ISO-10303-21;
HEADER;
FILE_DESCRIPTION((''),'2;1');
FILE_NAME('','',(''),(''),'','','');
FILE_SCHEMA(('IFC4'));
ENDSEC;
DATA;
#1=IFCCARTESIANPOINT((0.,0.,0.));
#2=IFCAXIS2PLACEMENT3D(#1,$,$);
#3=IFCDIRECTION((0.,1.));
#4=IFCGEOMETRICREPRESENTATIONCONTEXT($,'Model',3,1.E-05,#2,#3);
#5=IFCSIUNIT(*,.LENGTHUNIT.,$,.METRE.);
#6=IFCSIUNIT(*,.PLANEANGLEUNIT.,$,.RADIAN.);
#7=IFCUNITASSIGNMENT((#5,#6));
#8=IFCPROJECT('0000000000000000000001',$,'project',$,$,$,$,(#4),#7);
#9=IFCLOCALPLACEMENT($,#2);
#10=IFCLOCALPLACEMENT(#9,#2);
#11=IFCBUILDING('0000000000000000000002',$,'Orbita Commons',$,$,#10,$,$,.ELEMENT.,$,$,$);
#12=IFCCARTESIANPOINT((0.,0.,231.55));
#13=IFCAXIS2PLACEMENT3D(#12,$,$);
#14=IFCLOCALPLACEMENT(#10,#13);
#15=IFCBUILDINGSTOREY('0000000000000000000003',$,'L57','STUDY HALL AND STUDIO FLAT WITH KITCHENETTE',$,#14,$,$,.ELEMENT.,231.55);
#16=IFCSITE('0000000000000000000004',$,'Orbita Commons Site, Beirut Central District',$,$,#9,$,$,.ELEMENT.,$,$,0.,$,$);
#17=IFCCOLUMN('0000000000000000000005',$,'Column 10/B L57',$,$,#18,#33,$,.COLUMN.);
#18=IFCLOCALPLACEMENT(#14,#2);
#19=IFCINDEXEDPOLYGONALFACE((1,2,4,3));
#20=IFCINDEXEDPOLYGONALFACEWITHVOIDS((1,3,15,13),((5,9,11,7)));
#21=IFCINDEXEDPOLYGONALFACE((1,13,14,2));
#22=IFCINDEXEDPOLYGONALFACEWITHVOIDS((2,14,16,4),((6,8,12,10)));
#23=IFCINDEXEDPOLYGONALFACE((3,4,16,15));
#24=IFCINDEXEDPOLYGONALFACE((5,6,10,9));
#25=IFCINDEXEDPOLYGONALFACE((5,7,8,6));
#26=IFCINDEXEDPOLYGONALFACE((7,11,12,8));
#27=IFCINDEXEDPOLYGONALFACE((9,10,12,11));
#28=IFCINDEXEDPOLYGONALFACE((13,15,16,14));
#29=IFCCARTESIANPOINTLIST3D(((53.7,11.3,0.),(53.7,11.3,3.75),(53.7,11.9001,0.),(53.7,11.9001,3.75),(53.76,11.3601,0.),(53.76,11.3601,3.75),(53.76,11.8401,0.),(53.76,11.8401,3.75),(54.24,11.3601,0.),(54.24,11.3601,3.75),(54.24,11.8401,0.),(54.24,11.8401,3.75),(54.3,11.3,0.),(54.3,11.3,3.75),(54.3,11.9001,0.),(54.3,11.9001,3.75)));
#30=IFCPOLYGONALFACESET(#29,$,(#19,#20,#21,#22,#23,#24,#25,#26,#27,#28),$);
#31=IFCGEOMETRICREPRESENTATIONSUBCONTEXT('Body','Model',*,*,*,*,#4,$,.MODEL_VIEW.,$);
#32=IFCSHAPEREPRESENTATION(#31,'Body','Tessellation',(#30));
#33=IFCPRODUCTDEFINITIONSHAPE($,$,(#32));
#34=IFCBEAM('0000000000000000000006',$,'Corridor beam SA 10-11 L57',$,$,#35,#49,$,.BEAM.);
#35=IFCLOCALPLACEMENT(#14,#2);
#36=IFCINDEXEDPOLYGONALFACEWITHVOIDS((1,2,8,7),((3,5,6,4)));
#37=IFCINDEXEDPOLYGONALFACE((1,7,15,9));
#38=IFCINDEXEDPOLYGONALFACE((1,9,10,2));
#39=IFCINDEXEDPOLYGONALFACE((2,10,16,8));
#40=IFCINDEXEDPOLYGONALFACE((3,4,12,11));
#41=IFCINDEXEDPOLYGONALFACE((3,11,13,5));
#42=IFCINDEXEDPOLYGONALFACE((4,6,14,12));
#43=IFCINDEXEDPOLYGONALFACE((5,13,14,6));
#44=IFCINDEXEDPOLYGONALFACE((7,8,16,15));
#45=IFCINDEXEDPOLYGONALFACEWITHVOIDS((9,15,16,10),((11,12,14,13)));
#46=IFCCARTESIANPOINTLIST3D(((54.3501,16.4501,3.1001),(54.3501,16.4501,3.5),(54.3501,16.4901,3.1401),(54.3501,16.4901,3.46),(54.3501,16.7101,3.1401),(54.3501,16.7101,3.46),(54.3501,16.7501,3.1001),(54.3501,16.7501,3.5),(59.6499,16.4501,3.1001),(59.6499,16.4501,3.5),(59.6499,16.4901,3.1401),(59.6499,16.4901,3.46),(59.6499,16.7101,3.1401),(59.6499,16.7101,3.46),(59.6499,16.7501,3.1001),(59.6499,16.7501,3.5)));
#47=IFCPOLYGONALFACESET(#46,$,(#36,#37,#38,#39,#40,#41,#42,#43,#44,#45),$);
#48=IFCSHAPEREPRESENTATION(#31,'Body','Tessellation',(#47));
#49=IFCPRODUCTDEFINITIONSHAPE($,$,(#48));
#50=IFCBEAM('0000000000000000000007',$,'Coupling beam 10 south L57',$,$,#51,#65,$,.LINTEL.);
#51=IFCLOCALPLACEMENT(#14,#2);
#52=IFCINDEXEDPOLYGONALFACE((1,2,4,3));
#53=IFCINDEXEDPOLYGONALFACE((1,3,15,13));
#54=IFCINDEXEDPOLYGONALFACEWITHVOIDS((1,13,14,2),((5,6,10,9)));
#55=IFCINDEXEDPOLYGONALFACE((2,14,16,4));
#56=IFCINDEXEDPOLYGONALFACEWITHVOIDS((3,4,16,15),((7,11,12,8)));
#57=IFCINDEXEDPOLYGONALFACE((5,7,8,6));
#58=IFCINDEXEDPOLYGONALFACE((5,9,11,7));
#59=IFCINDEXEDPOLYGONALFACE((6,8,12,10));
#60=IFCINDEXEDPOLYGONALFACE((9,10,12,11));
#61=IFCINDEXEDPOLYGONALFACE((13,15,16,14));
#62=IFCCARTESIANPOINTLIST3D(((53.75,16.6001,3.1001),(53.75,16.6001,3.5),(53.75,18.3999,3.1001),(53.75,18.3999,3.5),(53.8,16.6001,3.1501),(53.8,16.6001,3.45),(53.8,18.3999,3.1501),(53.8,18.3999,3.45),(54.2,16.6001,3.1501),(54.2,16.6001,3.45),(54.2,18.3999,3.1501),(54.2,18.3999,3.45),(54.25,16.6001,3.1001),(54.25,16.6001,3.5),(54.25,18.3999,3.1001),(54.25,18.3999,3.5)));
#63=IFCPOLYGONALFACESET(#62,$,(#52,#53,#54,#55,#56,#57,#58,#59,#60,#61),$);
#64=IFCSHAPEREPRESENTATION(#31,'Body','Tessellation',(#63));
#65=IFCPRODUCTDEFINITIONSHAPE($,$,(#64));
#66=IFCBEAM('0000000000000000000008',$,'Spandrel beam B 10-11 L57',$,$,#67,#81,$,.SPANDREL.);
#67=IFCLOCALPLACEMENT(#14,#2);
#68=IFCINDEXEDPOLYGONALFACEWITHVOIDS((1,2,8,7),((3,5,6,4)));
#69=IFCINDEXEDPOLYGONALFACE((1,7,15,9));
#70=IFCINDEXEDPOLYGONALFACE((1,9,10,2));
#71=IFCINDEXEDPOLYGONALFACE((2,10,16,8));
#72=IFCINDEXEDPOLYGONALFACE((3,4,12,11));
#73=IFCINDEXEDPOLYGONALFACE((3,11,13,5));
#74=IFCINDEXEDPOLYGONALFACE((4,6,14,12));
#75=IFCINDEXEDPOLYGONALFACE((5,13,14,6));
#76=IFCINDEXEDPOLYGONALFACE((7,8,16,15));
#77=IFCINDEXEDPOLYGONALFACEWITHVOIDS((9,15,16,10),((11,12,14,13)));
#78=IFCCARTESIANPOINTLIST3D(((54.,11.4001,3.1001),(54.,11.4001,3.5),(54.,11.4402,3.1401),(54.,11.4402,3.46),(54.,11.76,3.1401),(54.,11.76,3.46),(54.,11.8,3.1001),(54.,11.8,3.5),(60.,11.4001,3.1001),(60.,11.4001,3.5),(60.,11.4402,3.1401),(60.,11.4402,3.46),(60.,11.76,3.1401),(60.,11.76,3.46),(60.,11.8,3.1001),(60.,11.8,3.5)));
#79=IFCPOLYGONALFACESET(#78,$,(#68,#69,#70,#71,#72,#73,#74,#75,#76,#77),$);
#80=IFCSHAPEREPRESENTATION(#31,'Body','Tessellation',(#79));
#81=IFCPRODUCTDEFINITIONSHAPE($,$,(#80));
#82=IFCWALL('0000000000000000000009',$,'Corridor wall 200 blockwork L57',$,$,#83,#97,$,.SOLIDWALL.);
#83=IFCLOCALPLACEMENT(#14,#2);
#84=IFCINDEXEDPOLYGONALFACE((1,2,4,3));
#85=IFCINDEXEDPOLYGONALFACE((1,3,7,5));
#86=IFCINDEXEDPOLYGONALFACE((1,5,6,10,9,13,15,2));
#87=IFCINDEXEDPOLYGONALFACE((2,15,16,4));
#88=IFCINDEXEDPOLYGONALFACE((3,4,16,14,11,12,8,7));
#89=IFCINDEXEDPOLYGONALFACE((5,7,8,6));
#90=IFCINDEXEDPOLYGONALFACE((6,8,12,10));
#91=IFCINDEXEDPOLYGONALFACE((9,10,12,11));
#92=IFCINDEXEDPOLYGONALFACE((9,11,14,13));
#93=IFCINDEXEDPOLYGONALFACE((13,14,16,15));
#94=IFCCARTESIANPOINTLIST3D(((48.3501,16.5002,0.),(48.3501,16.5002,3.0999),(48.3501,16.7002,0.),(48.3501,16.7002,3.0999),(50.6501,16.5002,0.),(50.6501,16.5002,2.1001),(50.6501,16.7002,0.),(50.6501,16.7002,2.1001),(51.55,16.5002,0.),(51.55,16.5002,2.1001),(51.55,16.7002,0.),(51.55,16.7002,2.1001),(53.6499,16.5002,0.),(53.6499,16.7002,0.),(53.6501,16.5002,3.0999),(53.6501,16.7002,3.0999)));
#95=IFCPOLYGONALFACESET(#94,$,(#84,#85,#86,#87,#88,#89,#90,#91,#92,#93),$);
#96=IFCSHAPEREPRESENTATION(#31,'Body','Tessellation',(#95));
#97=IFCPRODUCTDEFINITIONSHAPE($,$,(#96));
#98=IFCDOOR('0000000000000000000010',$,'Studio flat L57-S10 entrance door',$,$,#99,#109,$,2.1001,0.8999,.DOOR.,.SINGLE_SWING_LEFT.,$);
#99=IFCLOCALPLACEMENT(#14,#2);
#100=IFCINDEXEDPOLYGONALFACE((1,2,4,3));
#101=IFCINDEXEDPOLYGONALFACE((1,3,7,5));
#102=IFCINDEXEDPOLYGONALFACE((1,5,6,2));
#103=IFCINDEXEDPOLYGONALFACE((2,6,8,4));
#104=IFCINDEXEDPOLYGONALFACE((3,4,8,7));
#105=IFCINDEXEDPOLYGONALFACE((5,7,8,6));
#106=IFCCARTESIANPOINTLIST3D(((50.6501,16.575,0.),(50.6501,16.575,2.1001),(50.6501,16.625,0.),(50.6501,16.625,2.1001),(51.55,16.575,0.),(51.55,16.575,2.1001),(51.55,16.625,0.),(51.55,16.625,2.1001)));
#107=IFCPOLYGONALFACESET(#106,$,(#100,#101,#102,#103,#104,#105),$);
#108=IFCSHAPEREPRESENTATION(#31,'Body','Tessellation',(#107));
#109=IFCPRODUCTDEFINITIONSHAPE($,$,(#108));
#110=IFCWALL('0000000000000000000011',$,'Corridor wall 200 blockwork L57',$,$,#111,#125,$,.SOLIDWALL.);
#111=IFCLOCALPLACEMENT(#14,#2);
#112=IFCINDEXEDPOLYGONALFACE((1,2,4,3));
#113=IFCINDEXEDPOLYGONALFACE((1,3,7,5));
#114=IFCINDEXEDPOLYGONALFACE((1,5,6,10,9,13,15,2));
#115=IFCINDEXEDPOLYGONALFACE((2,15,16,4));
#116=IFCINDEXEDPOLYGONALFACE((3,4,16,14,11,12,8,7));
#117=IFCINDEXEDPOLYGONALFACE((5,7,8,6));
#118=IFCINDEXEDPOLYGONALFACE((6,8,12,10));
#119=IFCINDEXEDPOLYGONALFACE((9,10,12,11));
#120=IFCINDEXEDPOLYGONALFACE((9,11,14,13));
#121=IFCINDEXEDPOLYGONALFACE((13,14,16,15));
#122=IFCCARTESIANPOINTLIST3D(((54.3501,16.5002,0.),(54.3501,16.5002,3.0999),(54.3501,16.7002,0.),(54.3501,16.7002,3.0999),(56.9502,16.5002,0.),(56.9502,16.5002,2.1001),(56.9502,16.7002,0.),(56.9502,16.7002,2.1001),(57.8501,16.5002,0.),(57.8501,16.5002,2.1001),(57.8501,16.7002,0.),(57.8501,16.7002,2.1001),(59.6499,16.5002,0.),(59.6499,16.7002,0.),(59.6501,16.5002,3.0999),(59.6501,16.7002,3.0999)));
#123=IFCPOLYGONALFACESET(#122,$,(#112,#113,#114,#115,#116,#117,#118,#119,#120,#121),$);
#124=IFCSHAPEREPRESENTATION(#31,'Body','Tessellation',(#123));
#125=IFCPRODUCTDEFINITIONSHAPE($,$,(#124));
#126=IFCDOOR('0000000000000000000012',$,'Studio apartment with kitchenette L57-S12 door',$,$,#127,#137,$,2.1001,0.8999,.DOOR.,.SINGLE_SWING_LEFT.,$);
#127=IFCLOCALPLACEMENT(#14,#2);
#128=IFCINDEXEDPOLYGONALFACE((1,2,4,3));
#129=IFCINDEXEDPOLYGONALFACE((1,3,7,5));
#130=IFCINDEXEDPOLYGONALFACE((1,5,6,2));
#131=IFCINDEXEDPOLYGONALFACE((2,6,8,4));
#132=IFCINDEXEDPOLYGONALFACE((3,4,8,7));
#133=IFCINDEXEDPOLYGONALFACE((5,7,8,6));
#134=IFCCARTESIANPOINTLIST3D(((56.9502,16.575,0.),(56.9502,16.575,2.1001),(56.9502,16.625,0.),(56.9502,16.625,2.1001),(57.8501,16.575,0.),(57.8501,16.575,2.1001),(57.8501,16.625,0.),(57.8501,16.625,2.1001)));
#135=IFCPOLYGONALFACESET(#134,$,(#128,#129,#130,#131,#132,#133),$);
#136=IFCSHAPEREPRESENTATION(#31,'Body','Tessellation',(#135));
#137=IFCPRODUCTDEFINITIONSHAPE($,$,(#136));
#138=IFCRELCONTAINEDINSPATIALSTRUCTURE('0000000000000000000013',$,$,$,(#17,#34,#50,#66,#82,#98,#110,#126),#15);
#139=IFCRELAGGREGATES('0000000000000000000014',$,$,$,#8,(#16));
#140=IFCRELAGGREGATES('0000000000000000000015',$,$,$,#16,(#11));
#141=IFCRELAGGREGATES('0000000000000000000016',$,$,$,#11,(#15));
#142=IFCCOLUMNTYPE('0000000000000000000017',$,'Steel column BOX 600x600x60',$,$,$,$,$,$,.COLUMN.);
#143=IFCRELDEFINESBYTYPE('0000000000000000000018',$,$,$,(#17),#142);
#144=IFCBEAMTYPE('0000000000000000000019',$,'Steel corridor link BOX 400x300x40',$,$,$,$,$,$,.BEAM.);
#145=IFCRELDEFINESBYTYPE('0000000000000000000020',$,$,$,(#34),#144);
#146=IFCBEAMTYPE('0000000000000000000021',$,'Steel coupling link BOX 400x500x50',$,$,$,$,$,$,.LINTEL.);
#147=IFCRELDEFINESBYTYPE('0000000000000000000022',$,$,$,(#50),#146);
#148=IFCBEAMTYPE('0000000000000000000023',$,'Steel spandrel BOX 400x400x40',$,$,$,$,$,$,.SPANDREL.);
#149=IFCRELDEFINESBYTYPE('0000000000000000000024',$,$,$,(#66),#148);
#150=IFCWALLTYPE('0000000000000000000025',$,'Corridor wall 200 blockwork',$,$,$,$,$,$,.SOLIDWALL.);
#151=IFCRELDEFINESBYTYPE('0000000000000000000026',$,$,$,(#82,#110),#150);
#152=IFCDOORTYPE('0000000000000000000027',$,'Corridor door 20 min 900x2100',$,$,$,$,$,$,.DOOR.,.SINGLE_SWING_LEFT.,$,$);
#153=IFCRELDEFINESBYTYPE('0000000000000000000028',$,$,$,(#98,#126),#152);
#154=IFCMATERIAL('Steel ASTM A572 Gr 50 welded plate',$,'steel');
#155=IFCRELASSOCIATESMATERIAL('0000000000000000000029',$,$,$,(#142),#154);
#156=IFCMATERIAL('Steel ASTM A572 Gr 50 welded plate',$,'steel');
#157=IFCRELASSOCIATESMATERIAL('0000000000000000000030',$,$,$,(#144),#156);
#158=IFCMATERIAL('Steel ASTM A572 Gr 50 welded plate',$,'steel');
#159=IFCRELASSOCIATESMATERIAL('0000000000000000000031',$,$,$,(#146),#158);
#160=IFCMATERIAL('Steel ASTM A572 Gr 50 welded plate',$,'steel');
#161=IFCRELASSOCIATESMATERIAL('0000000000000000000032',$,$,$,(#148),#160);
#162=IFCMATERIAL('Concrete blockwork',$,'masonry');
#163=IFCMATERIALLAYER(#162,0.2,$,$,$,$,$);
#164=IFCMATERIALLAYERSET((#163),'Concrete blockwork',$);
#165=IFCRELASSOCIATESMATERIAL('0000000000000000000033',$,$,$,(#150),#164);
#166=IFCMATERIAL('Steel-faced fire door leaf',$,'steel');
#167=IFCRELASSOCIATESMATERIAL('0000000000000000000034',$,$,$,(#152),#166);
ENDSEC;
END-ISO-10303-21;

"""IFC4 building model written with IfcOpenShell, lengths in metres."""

from ifc_helpers import new_model, si_unit, direction, frame, frame_2d, origin, origin_2d, place, context, subcontext, project, spatial, polyline, rectangle, hollow_rectangle, outline, extrude, material, layer, layer_set, material_profile, profile_set, type_object, element, fill, save


model = new_model("IFC4")

# Units and contexts
model_context = context("Model", 3, precision=1e-05, world=origin(), true_north=direction((0.0, 1.0)))
body_context = subcontext(model_context, "Body", "Model", "MODEL_VIEW")
ifc_project = project(units=[si_unit("LENGTHUNIT", "METRE"), si_unit("PLANEANGLEUNIT", "RADIAN")], contexts=[model_context])

# Site, building, storey
site_placement = place(None, origin())
site = spatial("IfcSite", under=ifc_project, at=site_placement, Name="Orbita Commons Site, Beirut Central District", CompositionType="ELEMENT", RefElevation=0.0)
building_placement = place(site_placement, origin())
building = spatial("IfcBuilding", under=site, at=building_placement, Name="Orbita Commons", CompositionType="ELEMENT")
storey_placement = place(building_placement, frame((0.0, 0.0, 231.55)))
storey = spatial("IfcBuildingStorey", under=building, at=storey_placement, Name="L57", Description="STUDY HALL AND STUDIO FLAT WITH KITCHENETTE", CompositionType="ELEMENT", Elevation=231.55)

# Column
ifc_material_1 = material(Name="Steel ASTM A572 Gr 50 welded plate", Category="steel")
ifc_material_profile_1 = material_profile(ifc_material_1, hollow_rectangle(XDim=0.6001, YDim=0.6001, WallThickness=0.0601, at=origin_2d()), Name="BOX 600x600x60")
ifc_profile_set_1 = profile_set([ifc_material_profile_1], Name="Steel ASTM A572 Gr 50 welded plate")
column_type = type_object("IfcColumnType", Name="Steel column BOX 600x600x60", PredefinedType="COLUMN", material=ifc_profile_set_1)
column_placement = place(storey_placement, frame((54.0, 11.6001, 0.0), z_axis=(0.0, 0.0, 1.0), x_axis=(1.0, 0.0, 0.0)))
element("IfcColumn", 1, at=column_placement, inside=storey, type_object=column_type, Name="Column 10/B L57", PredefinedType="COLUMN", context=body_context, shape_type="SweptSolid", body=[
    extrude(hollow_rectangle(XDim=0.6001, YDim=0.6001, WallThickness=0.0601, at=origin_2d()), origin(), (0.0, 0.0, 1.0), 3.75),
])

# Beams
ifc_material_2 = material(Name="Steel ASTM A572 Gr 50 welded plate", Category="steel")
ifc_material_profile_2 = material_profile(ifc_material_2, hollow_rectangle(XDim=0.3, YDim=0.3999, WallThickness=0.04, at=origin_2d()), Name="BOX 400x300x40")
ifc_profile_set_2 = profile_set([ifc_material_profile_2], Name="Steel ASTM A572 Gr 50 welded plate")
beam_type_1 = type_object("IfcBeamType", Name="Steel corridor link BOX 400x300x40", PredefinedType="BEAM", material=ifc_profile_set_2)
beam_1_placement = place(storey_placement, frame((54.3501, 16.6001, 3.3), z_axis=(1.0, 0.0, 0.0), x_axis=(0.0, 1.0, 0.0)))
element("IfcBeam", 2, at=beam_1_placement, inside=storey, type_object=beam_type_1, Name="Corridor beam SA 10-11 L57", PredefinedType="BEAM", context=body_context, shape_type="SweptSolid", body=[
    extrude(hollow_rectangle(XDim=0.3, YDim=0.3999, WallThickness=0.04, at=origin_2d()), origin(), (0.0, 0.0, 1.0), 5.2998),
])
ifc_material_3 = material(Name="Steel ASTM A572 Gr 50 welded plate", Category="steel")
ifc_material_profile_3 = material_profile(ifc_material_3, hollow_rectangle(XDim=0.5, YDim=0.3999, WallThickness=0.05, at=origin_2d()), Name="BOX 400x500x50")
ifc_profile_set_3 = profile_set([ifc_material_profile_3], Name="Steel ASTM A572 Gr 50 welded plate")
beam_type_2 = type_object("IfcBeamType", Name="Steel coupling link BOX 400x500x50", PredefinedType="LINTEL", material=ifc_profile_set_3)
beam_2_placement = place(storey_placement, frame((54.0, 16.6001, 3.3), z_axis=(0.0, 1.0, 0.0), x_axis=(-1.0, 0.0, 0.0)))
element("IfcBeam", 3, at=beam_2_placement, inside=storey, type_object=beam_type_2, Name="Coupling beam 10 south L57", PredefinedType="LINTEL", context=body_context, shape_type="SweptSolid", body=[
    extrude(hollow_rectangle(XDim=0.5, YDim=0.3999, WallThickness=0.05, at=origin_2d()), origin(), (0.0, 0.0, 1.0), 1.7998),
])
ifc_material_4 = material(Name="Steel ASTM A572 Gr 50 welded plate", Category="steel")
ifc_material_profile_4 = material_profile(ifc_material_4, hollow_rectangle(XDim=0.3999, YDim=0.3999, WallThickness=0.04, at=origin_2d()), Name="BOX 400x400x40")
ifc_profile_set_4 = profile_set([ifc_material_profile_4], Name="Steel ASTM A572 Gr 50 welded plate")
beam_type_3 = type_object("IfcBeamType", Name="Steel spandrel BOX 400x400x40", PredefinedType="SPANDREL", material=ifc_profile_set_4)
beam_3_placement = place(storey_placement, frame((54.0, 11.6001, 3.3), z_axis=(1.0, 0.0, 0.0), x_axis=(0.0, 1.0, 0.0)))
element("IfcBeam", 4, at=beam_3_placement, inside=storey, type_object=beam_type_3, Name="Spandrel beam B 10-11 L57", PredefinedType="SPANDREL", context=body_context, shape_type="SweptSolid", body=[
    extrude(hollow_rectangle(XDim=0.3999, YDim=0.3999, WallThickness=0.04, at=origin_2d()), origin(), (0.0, 0.0, 1.0), 6.0),
])

# Walls, openings, doors
ifc_material_5 = material(Name="Concrete blockwork", Category="masonry")
ifc_layer_1 = layer(ifc_material_5, 0.2)
ifc_layer_set_1 = layer_set([ifc_layer_1], Name="Concrete blockwork")
wall_type_1 = type_object("IfcWallType", Name="Corridor wall 200 blockwork", PredefinedType="SOLIDWALL", material=ifc_layer_set_1)
wall_1_placement = place(storey_placement, frame((48.3501, 16.6001, 0.0), z_axis=(0.0, 0.0, 1.0), x_axis=(1.0, 0.0, 0.0)))
wall_1 = element("IfcWall", 5, at=wall_1_placement, inside=storey, type_object=wall_type_1, Name="Corridor wall 200 blockwork L57", PredefinedType="SOLIDWALL", context=body_context, shape_type="SweptSolid", body=[
    extrude(outline(polyline([(0.0, 0.0), (5.2998, 0.0), (5.3, 3.0999), (0.0, 3.0999), (0.0, 0.0)])), frame((0.0, 0.1001, 0.0), z_axis=(0.0, -1.0, 0.0), x_axis=(1.0, 0.0, 0.0)), (0.0, 0.0, 1.0), 0.2),
])
opening_1_placement = place(wall_1_placement, frame((2.3, 0.0, 0.0)))
opening_1 = element("IfcOpeningElement", 6, at=opening_1_placement, cuts=wall_1, PredefinedType="OPENING", context=body_context, shape_type="SweptSolid", body=[
    extrude(rectangle(XDim=0.8999, YDim=2.1001, at=frame_2d((0.45, 1.05))), frame((0.0, 0.1099, 0.0), z_axis=(0.0, -1.0, 0.0), x_axis=(1.0, 0.0, 0.0)), (0.0, 0.0, 1.0), 0.22),
])
ifc_material_6 = material(Name="Steel-faced fire door leaf", Category="steel")
door_type_1 = type_object("IfcDoorType", Name="Corridor door 20 min 900x2100", OperationType="SINGLE_SWING_LEFT", PredefinedType="DOOR", material=ifc_material_6)
door_1_placement = place(opening_1_placement, origin())
door_1 = element("IfcDoor", 7, at=door_1_placement, inside=storey, type_object=door_type_1, Name="Studio flat L57-S10 entrance door", OperationType="SINGLE_SWING_LEFT", OverallHeight=2.1001, OverallWidth=0.8999, PredefinedType="DOOR", context=body_context, shape_type="SweptSolid", body=[
    extrude(rectangle(XDim=0.8999, YDim=2.1001, at=frame_2d((0.45, 1.05))), frame((0.0, 0.0249, 0.0), z_axis=(0.0, -1.0, 0.0), x_axis=(1.0, 0.0, 0.0)), (0.0, 0.0, 1.0), 0.05),
])
fill(opening_1, door_1)
wall_2_placement = place(storey_placement, frame((54.3501, 16.6001, 0.0), z_axis=(0.0, 0.0, 1.0), x_axis=(1.0, 0.0, 0.0)))
wall_2 = element("IfcWall", 8, at=wall_2_placement, inside=storey, type_object=wall_type_1, Name="Corridor wall 200 blockwork L57", PredefinedType="SOLIDWALL", context=body_context, shape_type="SweptSolid", body=[
    extrude(outline(polyline([(0.0, 0.0), (5.2998, 0.0), (5.3, 3.0999), (0.0, 3.0999), (0.0, 0.0)])), frame((0.0, 0.1001, 0.0), z_axis=(0.0, -1.0, 0.0), x_axis=(1.0, 0.0, 0.0)), (0.0, 0.0, 1.0), 0.2),
])
opening_2_placement = place(wall_2_placement, frame((2.6001, 0.0, 0.0)))
opening_2 = element("IfcOpeningElement", 9, at=opening_2_placement, cuts=wall_2, PredefinedType="OPENING", context=body_context, shape_type="SweptSolid", body=[
    extrude(rectangle(XDim=0.8999, YDim=2.1001, at=frame_2d((0.45, 1.05))), frame((0.0, 0.1099, 0.0), z_axis=(0.0, -1.0, 0.0), x_axis=(1.0, 0.0, 0.0)), (0.0, 0.0, 1.0), 0.22),
])
door_2_placement = place(opening_2_placement, origin())
door_2 = element("IfcDoor", 10, at=door_2_placement, inside=storey, type_object=door_type_1, Name="Studio apartment with kitchenette L57-S12 door", OperationType="SINGLE_SWING_LEFT", OverallHeight=2.1001, OverallWidth=0.8999, PredefinedType="DOOR", context=body_context, shape_type="SweptSolid", body=[
    extrude(rectangle(XDim=0.8999, YDim=2.1001, at=frame_2d((0.45, 1.05))), frame((0.0, 0.0249, 0.0), z_axis=(0.0, -1.0, 0.0), x_axis=(1.0, 0.0, 0.0)), (0.0, 0.0, 1.0), 0.05),
])
fill(opening_2, door_2)

save(model, "model.ifc")
